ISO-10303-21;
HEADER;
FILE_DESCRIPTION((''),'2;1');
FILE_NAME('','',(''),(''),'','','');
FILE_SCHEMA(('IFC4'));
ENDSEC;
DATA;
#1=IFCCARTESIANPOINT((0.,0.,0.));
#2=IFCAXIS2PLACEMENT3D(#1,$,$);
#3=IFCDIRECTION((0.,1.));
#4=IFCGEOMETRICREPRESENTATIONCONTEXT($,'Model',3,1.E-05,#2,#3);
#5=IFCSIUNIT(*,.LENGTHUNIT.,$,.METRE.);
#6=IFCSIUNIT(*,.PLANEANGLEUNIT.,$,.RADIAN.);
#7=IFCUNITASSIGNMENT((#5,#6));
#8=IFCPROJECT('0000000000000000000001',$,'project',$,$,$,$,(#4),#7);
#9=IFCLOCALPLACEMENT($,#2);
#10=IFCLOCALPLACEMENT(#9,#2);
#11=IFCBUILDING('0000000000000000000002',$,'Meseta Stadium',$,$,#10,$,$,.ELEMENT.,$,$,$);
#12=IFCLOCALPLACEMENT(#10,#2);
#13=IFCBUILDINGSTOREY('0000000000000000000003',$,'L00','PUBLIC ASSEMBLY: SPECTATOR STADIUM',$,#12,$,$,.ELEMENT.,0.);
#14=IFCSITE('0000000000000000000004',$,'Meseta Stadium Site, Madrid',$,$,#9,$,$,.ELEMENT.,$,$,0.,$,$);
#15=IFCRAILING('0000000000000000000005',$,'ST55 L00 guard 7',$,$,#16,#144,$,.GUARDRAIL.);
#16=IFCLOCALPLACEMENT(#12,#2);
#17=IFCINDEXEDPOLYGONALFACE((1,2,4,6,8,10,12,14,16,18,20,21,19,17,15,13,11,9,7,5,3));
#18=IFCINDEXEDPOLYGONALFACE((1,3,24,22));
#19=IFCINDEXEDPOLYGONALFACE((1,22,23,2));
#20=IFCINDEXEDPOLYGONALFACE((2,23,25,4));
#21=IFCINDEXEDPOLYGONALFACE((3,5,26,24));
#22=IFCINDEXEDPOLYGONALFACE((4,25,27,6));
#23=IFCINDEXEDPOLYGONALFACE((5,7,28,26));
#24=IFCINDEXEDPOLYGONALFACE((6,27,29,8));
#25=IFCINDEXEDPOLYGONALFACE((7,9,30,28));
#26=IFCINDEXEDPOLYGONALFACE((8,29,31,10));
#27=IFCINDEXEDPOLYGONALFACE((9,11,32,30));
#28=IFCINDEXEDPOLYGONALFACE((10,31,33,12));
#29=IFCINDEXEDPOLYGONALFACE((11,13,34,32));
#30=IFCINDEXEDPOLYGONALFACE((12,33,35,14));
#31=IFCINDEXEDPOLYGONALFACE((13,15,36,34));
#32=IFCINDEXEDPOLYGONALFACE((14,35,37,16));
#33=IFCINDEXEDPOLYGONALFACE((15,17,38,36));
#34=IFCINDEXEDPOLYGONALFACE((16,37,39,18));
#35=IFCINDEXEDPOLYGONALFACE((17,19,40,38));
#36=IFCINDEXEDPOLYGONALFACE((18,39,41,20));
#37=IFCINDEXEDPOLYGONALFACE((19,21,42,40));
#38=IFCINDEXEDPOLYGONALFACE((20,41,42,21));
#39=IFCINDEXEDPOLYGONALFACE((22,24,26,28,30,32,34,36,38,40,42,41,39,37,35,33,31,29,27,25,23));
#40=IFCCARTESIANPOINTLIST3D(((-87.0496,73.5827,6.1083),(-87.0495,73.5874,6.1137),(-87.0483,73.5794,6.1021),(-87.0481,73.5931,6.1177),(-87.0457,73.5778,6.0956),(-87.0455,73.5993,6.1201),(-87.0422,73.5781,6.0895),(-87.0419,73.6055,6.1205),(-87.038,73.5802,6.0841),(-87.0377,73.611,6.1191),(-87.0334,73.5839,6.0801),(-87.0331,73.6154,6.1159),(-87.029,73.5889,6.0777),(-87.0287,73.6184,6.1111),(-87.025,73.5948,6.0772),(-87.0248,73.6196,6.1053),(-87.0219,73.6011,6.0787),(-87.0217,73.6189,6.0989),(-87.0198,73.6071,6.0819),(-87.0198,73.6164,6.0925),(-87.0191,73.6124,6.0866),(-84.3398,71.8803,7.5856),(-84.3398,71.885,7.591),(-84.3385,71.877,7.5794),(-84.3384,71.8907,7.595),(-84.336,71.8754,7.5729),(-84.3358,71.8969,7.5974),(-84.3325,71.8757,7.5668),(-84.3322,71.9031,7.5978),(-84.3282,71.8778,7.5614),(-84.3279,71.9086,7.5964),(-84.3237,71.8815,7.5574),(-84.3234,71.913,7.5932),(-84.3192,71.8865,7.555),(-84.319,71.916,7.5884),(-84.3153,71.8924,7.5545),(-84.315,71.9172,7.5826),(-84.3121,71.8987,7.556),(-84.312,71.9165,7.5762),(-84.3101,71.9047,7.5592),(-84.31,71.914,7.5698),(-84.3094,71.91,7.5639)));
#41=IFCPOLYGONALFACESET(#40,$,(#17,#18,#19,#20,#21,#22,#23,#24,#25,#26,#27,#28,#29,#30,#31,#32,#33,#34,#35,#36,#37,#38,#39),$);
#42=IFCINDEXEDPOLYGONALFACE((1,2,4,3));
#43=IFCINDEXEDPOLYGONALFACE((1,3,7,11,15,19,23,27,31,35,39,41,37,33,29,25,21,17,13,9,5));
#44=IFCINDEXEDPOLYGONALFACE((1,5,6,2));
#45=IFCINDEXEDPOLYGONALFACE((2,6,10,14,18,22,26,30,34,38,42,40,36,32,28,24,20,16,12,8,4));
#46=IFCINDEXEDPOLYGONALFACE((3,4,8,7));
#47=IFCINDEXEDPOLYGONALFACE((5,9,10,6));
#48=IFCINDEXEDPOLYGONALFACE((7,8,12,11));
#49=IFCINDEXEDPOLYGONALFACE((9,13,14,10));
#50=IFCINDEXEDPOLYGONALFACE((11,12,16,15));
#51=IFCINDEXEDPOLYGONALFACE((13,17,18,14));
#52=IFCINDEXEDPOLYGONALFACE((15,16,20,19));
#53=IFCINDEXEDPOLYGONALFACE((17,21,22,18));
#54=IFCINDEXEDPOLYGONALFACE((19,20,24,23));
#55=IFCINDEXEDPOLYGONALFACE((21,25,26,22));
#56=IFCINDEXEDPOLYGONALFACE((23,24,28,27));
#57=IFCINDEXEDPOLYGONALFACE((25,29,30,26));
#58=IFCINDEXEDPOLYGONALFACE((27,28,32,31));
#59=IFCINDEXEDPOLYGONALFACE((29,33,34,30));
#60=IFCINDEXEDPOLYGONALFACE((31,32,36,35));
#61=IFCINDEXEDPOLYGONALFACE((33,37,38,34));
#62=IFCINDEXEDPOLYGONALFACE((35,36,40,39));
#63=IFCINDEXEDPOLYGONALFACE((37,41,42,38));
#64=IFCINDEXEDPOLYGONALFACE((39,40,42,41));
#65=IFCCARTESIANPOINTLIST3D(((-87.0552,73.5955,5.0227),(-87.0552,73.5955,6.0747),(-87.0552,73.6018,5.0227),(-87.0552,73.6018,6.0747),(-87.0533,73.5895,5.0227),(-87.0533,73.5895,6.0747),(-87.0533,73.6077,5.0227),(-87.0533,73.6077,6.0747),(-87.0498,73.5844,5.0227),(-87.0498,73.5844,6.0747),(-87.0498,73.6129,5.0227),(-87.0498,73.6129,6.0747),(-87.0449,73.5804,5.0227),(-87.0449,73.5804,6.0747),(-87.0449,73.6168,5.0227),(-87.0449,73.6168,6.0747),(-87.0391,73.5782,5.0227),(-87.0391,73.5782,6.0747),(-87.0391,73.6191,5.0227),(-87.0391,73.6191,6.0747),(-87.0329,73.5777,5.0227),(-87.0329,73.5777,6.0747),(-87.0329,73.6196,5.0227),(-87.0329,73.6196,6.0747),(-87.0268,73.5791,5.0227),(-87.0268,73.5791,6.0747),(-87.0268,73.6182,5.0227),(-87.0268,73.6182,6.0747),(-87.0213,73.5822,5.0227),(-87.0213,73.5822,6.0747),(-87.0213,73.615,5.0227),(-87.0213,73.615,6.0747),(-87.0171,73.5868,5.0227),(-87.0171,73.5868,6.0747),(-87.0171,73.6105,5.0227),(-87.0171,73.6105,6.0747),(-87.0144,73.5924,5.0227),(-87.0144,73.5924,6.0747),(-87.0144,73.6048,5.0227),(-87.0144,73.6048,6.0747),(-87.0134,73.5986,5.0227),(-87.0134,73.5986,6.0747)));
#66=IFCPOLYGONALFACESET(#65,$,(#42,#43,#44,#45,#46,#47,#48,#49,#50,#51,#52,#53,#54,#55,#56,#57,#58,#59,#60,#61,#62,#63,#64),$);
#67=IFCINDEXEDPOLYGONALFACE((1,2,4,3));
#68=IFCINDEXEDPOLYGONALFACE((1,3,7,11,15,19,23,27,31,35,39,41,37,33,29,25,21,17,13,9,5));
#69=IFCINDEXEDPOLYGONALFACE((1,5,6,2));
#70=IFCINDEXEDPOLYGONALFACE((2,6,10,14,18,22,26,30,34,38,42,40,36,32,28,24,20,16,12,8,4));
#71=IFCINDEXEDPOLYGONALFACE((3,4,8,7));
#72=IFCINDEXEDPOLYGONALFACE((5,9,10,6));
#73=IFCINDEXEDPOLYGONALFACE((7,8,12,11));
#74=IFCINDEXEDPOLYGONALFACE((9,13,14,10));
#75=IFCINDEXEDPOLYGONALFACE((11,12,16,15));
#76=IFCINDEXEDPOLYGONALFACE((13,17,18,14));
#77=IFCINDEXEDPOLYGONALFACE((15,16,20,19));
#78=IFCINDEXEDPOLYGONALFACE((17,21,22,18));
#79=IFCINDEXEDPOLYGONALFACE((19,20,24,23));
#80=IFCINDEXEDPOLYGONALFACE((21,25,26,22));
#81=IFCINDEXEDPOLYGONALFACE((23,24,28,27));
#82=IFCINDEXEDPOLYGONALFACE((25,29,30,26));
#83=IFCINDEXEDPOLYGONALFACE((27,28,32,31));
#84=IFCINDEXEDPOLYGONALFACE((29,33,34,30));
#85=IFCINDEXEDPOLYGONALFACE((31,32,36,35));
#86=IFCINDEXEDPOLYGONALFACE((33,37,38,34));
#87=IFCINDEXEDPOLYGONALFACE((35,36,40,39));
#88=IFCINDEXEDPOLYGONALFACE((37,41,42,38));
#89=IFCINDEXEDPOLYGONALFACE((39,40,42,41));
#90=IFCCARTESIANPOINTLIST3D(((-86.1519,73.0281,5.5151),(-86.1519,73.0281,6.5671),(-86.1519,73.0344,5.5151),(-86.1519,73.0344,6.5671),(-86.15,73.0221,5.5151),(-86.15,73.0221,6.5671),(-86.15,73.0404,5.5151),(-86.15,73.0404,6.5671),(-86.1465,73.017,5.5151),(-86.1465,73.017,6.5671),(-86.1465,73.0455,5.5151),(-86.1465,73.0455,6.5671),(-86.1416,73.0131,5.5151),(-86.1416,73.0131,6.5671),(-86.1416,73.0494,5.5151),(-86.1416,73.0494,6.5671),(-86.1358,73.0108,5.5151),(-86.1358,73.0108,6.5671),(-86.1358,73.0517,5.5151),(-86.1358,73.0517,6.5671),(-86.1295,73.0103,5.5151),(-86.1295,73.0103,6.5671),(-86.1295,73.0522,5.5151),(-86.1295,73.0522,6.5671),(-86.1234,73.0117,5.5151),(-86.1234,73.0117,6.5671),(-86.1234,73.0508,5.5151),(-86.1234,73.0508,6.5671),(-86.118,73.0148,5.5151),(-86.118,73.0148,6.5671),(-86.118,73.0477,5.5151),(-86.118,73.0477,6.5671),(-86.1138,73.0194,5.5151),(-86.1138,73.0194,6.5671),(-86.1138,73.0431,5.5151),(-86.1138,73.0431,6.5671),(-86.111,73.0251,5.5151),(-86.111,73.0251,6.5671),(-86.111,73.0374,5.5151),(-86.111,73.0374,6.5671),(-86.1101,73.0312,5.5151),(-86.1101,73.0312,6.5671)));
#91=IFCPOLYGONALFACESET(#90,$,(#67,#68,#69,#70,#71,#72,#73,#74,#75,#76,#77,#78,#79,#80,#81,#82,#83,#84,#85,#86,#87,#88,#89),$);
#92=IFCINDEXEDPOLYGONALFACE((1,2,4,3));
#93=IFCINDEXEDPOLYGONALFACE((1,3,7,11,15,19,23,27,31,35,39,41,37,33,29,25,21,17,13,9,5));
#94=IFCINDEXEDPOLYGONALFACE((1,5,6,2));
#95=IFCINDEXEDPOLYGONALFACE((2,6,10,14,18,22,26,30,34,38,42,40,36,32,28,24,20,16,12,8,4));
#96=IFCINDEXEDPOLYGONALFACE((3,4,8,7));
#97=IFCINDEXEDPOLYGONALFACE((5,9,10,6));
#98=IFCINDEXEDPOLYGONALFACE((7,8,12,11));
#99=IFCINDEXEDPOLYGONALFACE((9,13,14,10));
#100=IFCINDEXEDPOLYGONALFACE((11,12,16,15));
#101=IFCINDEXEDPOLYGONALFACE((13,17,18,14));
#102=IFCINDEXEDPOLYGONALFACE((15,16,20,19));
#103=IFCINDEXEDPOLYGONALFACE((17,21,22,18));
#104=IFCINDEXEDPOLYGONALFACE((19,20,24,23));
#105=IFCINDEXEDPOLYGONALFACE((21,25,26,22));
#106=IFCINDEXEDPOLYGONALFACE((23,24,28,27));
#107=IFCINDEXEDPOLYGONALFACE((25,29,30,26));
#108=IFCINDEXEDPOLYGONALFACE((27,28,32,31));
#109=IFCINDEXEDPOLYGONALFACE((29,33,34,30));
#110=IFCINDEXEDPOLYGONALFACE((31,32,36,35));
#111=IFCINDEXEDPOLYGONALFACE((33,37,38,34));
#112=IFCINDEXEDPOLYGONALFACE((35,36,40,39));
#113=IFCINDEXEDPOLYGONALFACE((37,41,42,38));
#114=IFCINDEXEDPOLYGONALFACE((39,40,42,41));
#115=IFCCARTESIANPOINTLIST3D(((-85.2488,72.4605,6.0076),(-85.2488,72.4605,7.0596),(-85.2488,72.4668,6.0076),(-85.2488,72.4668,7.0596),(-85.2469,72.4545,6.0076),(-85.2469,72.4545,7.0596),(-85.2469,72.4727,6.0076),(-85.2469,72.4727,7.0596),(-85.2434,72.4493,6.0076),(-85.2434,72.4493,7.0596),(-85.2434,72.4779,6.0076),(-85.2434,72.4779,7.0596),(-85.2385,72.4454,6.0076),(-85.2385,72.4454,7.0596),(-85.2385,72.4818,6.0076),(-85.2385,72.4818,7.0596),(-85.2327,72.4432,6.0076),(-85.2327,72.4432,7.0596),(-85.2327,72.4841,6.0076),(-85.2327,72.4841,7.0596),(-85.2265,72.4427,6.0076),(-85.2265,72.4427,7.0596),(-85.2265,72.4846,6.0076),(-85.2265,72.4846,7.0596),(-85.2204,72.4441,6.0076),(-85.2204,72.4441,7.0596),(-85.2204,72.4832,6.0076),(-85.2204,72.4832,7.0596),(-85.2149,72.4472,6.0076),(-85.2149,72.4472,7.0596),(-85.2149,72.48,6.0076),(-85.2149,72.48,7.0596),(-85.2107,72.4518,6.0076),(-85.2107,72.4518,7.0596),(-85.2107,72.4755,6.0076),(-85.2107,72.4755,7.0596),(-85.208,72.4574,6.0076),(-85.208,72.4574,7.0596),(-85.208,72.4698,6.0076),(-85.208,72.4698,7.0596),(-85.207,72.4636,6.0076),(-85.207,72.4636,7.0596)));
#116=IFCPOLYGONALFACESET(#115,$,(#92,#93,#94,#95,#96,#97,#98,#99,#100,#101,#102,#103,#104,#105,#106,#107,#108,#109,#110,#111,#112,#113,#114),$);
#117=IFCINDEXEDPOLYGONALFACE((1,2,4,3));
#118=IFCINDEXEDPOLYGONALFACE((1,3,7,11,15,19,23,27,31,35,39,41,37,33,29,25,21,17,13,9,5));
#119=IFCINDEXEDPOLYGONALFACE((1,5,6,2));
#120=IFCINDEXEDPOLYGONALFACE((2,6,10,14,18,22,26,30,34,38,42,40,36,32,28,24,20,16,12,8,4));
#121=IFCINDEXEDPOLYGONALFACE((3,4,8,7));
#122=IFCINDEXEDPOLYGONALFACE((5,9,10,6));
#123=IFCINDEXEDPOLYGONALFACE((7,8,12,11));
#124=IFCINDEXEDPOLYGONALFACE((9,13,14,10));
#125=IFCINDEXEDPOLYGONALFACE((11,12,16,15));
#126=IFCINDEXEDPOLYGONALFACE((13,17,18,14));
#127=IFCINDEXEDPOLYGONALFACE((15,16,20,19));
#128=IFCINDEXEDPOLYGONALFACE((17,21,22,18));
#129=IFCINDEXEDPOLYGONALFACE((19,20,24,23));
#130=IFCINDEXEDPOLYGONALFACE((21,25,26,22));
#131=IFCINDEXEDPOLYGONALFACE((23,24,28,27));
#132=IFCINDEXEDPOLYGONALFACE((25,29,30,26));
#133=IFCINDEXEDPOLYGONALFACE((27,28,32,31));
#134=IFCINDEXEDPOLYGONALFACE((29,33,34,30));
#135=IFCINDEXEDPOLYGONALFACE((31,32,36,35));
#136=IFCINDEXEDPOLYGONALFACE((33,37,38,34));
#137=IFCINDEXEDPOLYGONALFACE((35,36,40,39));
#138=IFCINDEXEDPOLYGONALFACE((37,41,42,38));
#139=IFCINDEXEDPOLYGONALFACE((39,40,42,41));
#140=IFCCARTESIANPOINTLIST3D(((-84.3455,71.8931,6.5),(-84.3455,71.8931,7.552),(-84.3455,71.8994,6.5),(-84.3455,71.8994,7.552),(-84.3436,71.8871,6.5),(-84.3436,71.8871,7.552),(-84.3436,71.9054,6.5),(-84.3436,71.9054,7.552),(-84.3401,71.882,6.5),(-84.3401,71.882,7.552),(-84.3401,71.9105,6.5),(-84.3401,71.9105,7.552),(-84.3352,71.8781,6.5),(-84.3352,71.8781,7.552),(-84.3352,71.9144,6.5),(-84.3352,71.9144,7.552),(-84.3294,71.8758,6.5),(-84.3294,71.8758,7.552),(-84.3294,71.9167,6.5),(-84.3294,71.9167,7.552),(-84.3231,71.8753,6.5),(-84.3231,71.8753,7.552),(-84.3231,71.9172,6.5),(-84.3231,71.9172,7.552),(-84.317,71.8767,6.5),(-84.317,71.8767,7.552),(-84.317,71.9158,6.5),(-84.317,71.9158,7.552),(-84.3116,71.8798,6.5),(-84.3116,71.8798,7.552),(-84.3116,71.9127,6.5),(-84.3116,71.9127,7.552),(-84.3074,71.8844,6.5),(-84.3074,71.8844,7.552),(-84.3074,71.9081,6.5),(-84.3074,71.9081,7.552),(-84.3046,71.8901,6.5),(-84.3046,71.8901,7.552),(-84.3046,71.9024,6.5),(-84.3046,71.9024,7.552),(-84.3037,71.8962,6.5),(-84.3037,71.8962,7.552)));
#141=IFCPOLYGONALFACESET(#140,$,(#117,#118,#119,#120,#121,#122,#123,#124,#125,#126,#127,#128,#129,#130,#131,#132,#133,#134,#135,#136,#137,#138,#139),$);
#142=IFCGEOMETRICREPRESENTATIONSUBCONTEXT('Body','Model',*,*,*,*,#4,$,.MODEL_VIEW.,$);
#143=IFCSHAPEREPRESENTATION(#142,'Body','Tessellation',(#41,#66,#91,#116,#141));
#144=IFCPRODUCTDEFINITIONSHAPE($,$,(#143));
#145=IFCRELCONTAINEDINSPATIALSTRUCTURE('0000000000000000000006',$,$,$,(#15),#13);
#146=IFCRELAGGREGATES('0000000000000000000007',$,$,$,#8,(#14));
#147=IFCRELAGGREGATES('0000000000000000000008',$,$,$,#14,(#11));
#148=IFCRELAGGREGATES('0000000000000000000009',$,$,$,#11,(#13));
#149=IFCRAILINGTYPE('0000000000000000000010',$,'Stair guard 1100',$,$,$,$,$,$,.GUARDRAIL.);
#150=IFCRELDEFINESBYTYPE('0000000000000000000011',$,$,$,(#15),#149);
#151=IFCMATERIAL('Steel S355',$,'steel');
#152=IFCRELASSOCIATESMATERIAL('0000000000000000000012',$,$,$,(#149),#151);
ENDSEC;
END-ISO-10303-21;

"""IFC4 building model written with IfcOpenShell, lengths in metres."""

from ifc_helpers import new_model, si_unit, direction, frame, origin, origin_2d, place, context, subcontext, project, spatial, circle, extrude, material, type_object, element, save


model = new_model("IFC4")

# Units and contexts
model_context = context("Model", 3, precision=1e-05, world=origin(), true_north=direction((0.0, 1.0)))
body_context = subcontext(model_context, "Body", "Model", "MODEL_VIEW")
ifc_project = project(units=[si_unit("LENGTHUNIT", "METRE"), si_unit("PLANEANGLEUNIT", "RADIAN")], contexts=[model_context])

# Site, building, storey
site_placement = place(None, origin())
site = spatial("IfcSite", under=ifc_project, at=site_placement, Name="Meseta Stadium Site, Madrid", CompositionType="ELEMENT", RefElevation=0.0)
building_placement = place(site_placement, origin())
building = spatial("IfcBuilding", under=site, at=building_placement, Name="Meseta Stadium", CompositionType="ELEMENT")
storey_placement = place(building_placement, origin())
storey = spatial("IfcBuildingStorey", under=building, at=storey_placement, Name="L00", Description="PUBLIC ASSEMBLY: SPECTATOR STADIUM", CompositionType="ELEMENT", Elevation=0.0)

# Railing
ifc_material_1 = material(Name="Steel S355", Category="steel")
railing_type_1 = type_object("IfcRailingType", Name="Stair guard 1100", PredefinedType="GUARDRAIL", material=ifc_material_1)
railing_1_placement = place(storey_placement, frame((-87.0344, 73.5986, 5.0227)))
element("IfcRailing", 1, at=railing_1_placement, inside=storey, type_object=railing_type_1, Name="ST55 L00 guard 7", PredefinedType="GUARDRAIL", context=body_context, shape_type="SweptSolid", body=[
    extrude(circle(Radius=0.0239, at=origin_2d()), frame((0.0, 0.0, 1.0762), z_axis=(0.768792, -0.482997, 0.419133), x_axis=(0.531979, 0.846757, 0.0)), (0.0, 0.0, 1.0), 3.5247),
    extrude(circle(Radius=0.021, at=origin_2d()), origin(), (0.0, 0.0, 1.0), 1.052),
    extrude(circle(Radius=0.021, at=origin_2d()), frame((0.9033, -0.5674, 0.4924)), (0.0, 0.0, 1.0), 1.052),
    extrude(circle(Radius=0.021, at=origin_2d()), frame((1.8064, -1.135, 0.9849)), (0.0, 0.0, 1.0), 1.052),
    extrude(circle(Radius=0.021, at=origin_2d()), frame((2.7097, -1.7024, 1.4773)), (0.0, 0.0, 1.0), 1.052),
])

save(model, "model.ifc")
